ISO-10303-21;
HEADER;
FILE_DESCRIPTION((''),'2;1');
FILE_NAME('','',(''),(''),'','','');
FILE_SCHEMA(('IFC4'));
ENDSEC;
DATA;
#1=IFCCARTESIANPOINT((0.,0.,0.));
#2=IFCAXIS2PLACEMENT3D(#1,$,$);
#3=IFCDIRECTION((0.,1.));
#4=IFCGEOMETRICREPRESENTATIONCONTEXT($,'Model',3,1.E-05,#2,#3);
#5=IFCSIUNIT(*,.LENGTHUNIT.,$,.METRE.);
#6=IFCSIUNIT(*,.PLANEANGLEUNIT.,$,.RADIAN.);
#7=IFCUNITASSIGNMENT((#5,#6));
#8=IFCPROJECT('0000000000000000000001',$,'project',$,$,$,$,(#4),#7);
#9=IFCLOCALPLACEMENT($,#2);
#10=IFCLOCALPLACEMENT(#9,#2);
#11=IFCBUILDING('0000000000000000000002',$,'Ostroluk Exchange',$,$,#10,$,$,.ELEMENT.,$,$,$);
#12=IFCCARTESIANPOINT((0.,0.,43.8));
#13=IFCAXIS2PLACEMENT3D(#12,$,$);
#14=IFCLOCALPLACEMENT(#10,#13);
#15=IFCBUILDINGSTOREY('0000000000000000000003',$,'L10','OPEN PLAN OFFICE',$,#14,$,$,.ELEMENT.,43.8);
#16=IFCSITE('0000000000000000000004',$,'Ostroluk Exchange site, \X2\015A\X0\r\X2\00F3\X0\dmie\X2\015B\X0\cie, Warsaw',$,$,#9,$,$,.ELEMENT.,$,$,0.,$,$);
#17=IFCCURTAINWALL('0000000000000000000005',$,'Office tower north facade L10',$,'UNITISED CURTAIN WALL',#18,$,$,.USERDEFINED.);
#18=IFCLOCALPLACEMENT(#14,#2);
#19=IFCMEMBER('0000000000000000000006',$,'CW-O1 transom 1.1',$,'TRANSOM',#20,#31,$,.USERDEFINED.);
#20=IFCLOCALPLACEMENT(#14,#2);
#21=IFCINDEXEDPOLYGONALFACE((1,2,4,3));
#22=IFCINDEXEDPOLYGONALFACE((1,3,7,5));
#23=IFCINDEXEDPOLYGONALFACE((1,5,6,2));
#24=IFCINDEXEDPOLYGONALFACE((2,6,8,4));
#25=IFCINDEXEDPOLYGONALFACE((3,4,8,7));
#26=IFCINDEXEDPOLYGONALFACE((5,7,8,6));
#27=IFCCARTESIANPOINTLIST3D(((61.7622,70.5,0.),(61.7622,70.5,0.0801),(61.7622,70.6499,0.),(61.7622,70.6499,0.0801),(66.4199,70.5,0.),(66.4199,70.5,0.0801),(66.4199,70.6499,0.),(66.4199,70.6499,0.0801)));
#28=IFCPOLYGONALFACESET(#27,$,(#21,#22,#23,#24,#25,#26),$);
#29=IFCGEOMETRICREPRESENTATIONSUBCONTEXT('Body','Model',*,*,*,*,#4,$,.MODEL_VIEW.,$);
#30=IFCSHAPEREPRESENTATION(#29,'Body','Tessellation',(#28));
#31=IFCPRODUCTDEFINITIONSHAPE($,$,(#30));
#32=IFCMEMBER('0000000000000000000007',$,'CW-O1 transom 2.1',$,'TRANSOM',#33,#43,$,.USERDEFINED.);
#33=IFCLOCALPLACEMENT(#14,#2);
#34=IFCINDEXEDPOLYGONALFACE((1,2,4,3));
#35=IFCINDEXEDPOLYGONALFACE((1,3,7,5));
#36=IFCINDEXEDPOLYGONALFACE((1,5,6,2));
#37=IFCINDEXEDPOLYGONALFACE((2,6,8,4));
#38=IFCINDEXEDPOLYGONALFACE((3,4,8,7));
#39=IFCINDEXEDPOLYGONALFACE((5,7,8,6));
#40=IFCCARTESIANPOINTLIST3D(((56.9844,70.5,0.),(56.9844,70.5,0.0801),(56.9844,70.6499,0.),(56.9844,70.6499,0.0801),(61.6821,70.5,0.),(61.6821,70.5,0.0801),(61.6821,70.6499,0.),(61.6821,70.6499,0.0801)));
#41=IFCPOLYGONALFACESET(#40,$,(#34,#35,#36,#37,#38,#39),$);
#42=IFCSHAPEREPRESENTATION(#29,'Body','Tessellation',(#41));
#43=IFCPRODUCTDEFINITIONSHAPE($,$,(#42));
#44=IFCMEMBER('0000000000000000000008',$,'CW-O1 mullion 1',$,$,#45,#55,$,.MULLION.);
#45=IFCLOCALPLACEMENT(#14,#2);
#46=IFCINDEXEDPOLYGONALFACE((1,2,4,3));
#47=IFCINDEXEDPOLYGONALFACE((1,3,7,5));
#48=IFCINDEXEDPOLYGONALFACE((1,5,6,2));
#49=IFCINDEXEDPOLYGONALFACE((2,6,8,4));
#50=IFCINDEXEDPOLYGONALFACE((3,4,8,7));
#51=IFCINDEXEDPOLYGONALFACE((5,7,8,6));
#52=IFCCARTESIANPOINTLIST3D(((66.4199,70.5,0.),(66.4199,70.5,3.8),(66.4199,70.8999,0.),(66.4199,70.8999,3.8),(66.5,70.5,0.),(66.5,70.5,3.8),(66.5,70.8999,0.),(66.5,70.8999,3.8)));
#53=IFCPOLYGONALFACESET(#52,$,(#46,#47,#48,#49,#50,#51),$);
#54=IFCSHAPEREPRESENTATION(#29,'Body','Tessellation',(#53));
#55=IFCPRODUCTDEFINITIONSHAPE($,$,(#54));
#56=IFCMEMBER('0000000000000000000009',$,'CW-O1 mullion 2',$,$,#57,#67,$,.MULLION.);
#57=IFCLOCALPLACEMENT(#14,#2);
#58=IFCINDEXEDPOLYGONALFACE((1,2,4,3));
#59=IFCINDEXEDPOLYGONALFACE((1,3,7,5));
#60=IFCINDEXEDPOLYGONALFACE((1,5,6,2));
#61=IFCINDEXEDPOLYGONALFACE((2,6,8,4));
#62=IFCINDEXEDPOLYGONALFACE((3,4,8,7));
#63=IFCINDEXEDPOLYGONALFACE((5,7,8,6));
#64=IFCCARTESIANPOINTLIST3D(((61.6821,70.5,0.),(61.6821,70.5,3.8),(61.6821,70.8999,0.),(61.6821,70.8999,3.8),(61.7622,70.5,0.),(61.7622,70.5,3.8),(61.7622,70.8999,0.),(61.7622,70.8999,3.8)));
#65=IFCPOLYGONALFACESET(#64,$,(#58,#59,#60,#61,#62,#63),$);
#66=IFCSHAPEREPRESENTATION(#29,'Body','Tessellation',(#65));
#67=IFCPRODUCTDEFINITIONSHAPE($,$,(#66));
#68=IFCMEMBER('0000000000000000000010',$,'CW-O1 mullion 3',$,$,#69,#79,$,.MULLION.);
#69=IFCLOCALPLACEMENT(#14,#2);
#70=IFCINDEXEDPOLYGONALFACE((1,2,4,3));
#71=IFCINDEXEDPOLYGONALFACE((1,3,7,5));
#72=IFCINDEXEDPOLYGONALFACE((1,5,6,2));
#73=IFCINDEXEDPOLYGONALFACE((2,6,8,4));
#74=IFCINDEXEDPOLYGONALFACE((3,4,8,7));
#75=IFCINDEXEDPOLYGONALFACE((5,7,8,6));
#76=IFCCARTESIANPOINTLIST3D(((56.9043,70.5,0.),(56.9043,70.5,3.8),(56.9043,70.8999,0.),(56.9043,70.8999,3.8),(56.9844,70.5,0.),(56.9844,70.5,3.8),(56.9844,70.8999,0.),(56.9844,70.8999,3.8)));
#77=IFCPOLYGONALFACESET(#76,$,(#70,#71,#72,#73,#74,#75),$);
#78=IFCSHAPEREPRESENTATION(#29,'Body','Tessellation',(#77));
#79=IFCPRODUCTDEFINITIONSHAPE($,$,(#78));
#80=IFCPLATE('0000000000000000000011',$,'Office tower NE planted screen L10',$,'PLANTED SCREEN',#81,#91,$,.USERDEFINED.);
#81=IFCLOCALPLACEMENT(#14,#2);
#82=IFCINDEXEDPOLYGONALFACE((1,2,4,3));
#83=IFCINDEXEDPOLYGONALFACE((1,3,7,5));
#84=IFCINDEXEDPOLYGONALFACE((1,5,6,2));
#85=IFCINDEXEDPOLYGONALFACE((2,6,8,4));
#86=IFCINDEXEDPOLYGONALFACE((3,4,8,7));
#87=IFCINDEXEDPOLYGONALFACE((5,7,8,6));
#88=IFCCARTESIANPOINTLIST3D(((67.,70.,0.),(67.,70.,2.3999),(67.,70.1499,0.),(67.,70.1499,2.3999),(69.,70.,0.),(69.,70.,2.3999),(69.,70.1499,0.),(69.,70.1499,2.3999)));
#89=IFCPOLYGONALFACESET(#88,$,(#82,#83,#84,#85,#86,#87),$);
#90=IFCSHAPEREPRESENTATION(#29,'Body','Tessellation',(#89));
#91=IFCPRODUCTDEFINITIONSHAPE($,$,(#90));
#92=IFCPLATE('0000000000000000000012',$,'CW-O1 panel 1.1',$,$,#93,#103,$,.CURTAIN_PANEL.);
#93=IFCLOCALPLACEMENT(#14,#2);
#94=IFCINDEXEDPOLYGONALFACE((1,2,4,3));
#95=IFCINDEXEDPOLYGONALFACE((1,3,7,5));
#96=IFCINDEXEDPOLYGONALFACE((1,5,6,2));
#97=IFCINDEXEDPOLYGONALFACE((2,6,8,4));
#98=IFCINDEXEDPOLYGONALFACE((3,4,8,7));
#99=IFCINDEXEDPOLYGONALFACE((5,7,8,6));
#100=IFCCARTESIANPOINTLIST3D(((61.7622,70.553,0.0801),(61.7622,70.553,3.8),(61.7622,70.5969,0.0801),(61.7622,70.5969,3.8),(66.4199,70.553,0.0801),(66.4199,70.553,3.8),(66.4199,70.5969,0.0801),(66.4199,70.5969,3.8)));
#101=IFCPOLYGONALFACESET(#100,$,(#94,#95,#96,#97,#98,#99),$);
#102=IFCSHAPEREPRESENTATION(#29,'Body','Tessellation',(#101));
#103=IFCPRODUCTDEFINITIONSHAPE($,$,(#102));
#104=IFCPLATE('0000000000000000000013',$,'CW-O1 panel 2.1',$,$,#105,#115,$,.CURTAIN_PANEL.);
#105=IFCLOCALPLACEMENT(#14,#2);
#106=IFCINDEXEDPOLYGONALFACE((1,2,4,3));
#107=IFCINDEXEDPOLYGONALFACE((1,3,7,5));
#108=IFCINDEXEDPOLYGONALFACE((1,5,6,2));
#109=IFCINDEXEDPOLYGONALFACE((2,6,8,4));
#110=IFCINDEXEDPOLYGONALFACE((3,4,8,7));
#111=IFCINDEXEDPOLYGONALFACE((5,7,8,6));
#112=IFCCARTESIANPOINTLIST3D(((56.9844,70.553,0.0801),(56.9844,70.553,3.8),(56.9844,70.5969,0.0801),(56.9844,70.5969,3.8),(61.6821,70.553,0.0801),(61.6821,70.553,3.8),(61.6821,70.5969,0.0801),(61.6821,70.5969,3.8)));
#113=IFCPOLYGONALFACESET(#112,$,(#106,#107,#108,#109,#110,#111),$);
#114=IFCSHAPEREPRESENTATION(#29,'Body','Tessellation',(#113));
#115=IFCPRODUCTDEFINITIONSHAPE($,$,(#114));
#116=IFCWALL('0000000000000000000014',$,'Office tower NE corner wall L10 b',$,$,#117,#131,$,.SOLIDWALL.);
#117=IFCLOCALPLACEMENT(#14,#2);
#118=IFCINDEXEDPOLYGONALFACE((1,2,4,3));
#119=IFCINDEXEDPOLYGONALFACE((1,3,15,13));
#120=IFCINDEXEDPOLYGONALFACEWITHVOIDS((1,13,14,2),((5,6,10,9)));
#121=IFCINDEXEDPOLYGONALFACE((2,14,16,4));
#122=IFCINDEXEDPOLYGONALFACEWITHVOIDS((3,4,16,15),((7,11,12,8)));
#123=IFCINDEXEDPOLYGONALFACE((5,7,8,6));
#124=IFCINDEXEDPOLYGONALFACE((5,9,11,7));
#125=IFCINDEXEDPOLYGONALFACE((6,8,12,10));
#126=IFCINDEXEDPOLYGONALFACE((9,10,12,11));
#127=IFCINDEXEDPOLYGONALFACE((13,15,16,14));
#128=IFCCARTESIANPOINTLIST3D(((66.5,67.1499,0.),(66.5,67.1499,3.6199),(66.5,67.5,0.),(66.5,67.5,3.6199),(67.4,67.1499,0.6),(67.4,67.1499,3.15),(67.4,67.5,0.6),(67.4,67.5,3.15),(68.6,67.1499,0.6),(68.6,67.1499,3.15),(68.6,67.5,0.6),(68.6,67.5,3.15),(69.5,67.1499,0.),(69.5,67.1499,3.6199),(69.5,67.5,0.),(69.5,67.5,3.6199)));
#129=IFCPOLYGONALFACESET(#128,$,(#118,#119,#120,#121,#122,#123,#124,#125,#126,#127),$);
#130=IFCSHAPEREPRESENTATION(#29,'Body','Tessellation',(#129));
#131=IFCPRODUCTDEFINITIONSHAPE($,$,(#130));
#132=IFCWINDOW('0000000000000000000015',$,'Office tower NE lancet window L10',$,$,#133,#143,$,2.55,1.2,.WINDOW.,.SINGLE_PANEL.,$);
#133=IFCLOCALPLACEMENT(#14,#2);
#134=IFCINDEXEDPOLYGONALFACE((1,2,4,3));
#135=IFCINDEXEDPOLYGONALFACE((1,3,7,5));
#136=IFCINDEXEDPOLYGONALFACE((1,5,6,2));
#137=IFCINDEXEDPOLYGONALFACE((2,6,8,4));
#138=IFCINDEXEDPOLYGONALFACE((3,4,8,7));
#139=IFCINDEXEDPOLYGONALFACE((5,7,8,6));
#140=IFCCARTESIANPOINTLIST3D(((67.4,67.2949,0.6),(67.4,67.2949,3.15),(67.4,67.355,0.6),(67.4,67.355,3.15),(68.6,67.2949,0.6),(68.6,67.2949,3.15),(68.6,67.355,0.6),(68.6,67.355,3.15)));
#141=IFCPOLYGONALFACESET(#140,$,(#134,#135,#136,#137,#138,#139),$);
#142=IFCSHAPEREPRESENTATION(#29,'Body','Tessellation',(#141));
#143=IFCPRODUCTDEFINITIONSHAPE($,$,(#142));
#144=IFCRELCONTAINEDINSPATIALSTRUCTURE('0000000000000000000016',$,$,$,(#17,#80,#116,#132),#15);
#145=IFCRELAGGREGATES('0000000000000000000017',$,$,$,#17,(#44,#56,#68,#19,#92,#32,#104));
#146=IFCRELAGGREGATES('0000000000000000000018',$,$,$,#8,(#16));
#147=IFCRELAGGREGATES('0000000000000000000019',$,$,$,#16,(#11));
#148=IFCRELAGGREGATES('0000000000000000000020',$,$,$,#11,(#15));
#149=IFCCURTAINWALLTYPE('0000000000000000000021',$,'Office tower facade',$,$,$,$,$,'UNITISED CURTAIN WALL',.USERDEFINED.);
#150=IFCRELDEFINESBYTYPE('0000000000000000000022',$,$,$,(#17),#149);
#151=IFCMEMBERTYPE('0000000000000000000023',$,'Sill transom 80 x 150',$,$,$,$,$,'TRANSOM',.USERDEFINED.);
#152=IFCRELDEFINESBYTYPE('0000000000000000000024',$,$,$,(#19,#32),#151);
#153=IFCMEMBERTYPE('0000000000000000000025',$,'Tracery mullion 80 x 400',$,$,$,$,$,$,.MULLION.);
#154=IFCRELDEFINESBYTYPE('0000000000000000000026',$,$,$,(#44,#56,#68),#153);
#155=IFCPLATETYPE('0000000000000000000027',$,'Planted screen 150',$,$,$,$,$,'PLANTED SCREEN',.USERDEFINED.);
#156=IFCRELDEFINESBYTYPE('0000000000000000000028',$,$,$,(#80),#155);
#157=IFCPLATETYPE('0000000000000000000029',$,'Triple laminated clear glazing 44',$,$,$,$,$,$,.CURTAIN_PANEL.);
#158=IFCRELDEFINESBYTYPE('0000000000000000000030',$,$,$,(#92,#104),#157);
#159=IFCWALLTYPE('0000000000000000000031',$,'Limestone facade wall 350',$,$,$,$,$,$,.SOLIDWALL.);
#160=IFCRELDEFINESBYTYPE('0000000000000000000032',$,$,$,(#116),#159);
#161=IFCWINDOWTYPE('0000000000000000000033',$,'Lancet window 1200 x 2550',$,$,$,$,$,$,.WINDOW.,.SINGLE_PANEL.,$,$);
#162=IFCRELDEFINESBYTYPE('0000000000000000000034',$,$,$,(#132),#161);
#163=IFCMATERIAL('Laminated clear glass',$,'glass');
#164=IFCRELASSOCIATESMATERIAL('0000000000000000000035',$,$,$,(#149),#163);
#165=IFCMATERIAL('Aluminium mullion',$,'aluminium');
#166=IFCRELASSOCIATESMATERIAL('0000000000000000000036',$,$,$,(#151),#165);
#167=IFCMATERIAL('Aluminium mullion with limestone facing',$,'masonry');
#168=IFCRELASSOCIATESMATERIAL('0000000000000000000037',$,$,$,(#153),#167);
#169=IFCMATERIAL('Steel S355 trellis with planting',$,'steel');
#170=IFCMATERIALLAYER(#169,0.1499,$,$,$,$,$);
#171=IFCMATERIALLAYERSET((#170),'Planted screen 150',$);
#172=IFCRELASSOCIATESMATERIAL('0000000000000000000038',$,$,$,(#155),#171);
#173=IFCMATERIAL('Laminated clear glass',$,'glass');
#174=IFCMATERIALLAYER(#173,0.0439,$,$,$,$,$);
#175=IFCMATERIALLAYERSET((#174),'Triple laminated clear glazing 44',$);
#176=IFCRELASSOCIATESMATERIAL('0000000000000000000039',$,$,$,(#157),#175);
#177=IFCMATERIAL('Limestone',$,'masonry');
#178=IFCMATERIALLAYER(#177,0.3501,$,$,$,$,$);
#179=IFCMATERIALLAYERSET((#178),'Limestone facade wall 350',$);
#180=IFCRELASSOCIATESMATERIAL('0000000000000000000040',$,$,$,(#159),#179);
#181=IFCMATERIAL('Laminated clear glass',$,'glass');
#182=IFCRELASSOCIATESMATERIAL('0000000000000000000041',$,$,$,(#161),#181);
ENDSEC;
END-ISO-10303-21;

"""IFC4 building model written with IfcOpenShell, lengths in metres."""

from ifc_helpers import new_model, si_unit, direction, frame, frame_2d, origin, origin_2d, place, context, subcontext, project, spatial, rectangle, extrude, material, layer, layer_set, material_profile, profile_set, type_object, element, fill, aggregate, save


model = new_model("IFC4")

# Units and contexts
model_context = context("Model", 3, precision=1e-05, world=origin(), true_north=direction((0.0, 1.0)))
body_context = subcontext(model_context, "Body", "Model", "MODEL_VIEW")
ifc_project = project(units=[si_unit("LENGTHUNIT", "METRE"), si_unit("PLANEANGLEUNIT", "RADIAN")], contexts=[model_context])

# Site, building, storey
site_placement = place(None, origin())
site = spatial("IfcSite", under=ifc_project, at=site_placement, Name="Ostroluk Exchange site, Śródmieście, Warsaw", CompositionType="ELEMENT", RefElevation=0.0)
building_placement = place(site_placement, origin())
building = spatial("IfcBuilding", under=site, at=building_placement, Name="Ostroluk Exchange", CompositionType="ELEMENT")
storey_placement = place(building_placement, frame((0.0, 0.0, 43.8)))
storey = spatial("IfcBuildingStorey", under=building, at=storey_placement, Name="L10", Description="OPEN PLAN OFFICE", CompositionType="ELEMENT", Elevation=43.8)

# Curtain wall, members
ifc_material_1 = material(Name="Laminated clear glass", Category="glass")
curtain_wall_type = type_object("IfcCurtainWallType", Name="Office tower facade", ElementType="UNITISED CURTAIN WALL", PredefinedType="USERDEFINED", material=ifc_material_1)
curtain_wall_placement = place(storey_placement, origin())
curtain_wall = element("IfcCurtainWall", 1, at=curtain_wall_placement, inside=storey, type_object=curtain_wall_type, Name="Office tower north facade L10", ObjectType="UNITISED CURTAIN WALL", PredefinedType="USERDEFINED")
ifc_material_2 = material(Name="Aluminium mullion", Category="aluminium")
ifc_material_profile_1 = material_profile(ifc_material_2, rectangle(XDim=0.1499, YDim=0.0801, at=origin_2d()), Name="Sill transom 80 x 150")
ifc_profile_set_1 = profile_set([ifc_material_profile_1], Name="Aluminium mullion")
member_type_1 = type_object("IfcMemberType", Name="Sill transom 80 x 150", ElementType="TRANSOM", PredefinedType="USERDEFINED", material=ifc_profile_set_1)
member_1_placement = place(storey_placement, frame((66.4199, 70.575, 0.04), z_axis=(-1.0, 0.0, 0.0), x_axis=(0.0, -1.0, 0.0)))
member_1 = element("IfcMember", 2, at=member_1_placement, type_object=member_type_1, Name="CW-O1 transom 1.1", ObjectType="TRANSOM", PredefinedType="USERDEFINED", context=body_context, shape_type="SweptSolid", body=[
    extrude(rectangle(XDim=0.1499, YDim=0.0801, at=origin_2d()), origin(), (0.0, 0.0, 1.0), 4.6577),
])
member_2_placement = place(storey_placement, frame((61.6821, 70.575, 0.04), z_axis=(-1.0, 0.0, 0.0), x_axis=(0.0, -1.0, 0.0)))
member_2 = element("IfcMember", 3, at=member_2_placement, type_object=member_type_1, Name="CW-O1 transom 2.1", ObjectType="TRANSOM", PredefinedType="USERDEFINED", context=body_context, shape_type="SweptSolid", body=[
    extrude(rectangle(XDim=0.1499, YDim=0.0801, at=origin_2d()), origin(), (0.0, 0.0, 1.0), 4.6978),
])
ifc_material_3 = material(Name="Aluminium mullion with limestone facing", Category="masonry")
ifc_material_profile_2 = material_profile(ifc_material_3, rectangle(XDim=0.3999, YDim=0.0801, at=origin_2d()), Name="Tracery mullion 80 x 400")
ifc_profile_set_2 = profile_set([ifc_material_profile_2], Name="Aluminium mullion with limestone facing")
member_type_2 = type_object("IfcMemberType", Name="Tracery mullion 80 x 400", PredefinedType="MULLION", material=ifc_profile_set_2)
member_3_placement = place(storey_placement, frame((66.46, 70.7, 0.0), z_axis=(0.0, 0.0, 1.0), x_axis=(0.0, -1.0, 0.0)))
member_3 = element("IfcMember", 4, at=member_3_placement, type_object=member_type_2, Name="CW-O1 mullion 1", PredefinedType="MULLION", context=body_context, shape_type="SweptSolid", body=[
    extrude(rectangle(XDim=0.3999, YDim=0.0801, at=origin_2d()), origin(), (0.0, 0.0, 1.0), 3.8),
])
member_4_placement = place(storey_placement, frame((61.7222, 70.7, 0.0), z_axis=(0.0, 0.0, 1.0), x_axis=(0.0, -1.0, 0.0)))
member_4 = element("IfcMember", 5, at=member_4_placement, type_object=member_type_2, Name="CW-O1 mullion 2", PredefinedType="MULLION", context=body_context, shape_type="SweptSolid", body=[
    extrude(rectangle(XDim=0.3999, YDim=0.0801, at=origin_2d()), origin(), (0.0, 0.0, 1.0), 3.8),
])
member_5_placement = place(storey_placement, frame((56.9443, 70.7, 0.0), z_axis=(0.0, 0.0, 1.0), x_axis=(0.0, -1.0, 0.0)))
member_5 = element("IfcMember", 6, at=member_5_placement, type_object=member_type_2, Name="CW-O1 mullion 3", PredefinedType="MULLION", context=body_context, shape_type="SweptSolid", body=[
    extrude(rectangle(XDim=0.3999, YDim=0.0801, at=origin_2d()), origin(), (0.0, 0.0, 1.0), 3.8),
])

# Plates
ifc_material_4 = material(Name="Steel S355 trellis with planting", Category="steel")
ifc_layer_1 = layer(ifc_material_4, 0.1499)
ifc_layer_set_1 = layer_set([ifc_layer_1], Name="Planted screen 150")
plate_type_1 = type_object("IfcPlateType", Name="Planted screen 150", ElementType="PLANTED SCREEN", PredefinedType="USERDEFINED", material=ifc_layer_set_1)
plate_1_placement = place(storey_placement, frame((68.0, 70.075, 0.0), z_axis=(0.0, 0.0, 1.0), x_axis=(1.0, 0.0, 0.0)))
element("IfcPlate", 7, at=plate_1_placement, inside=storey, type_object=plate_type_1, Name="Office tower NE planted screen L10", ObjectType="PLANTED SCREEN", PredefinedType="USERDEFINED", context=body_context, shape_type="SweptSolid", body=[
    extrude(rectangle(XDim=2.0, YDim=0.1499, at=origin_2d()), origin(), (0.0, 0.0, 1.0), 2.3999),
])
ifc_material_5 = material(Name="Laminated clear glass", Category="glass")
ifc_layer_2 = layer(ifc_material_5, 0.0439)
ifc_layer_set_2 = layer_set([ifc_layer_2], Name="Triple laminated clear glazing 44")
plate_type_2 = type_object("IfcPlateType", Name="Triple laminated clear glazing 44", PredefinedType="CURTAIN_PANEL", material=ifc_layer_set_2)
plate_2_placement = place(storey_placement, frame((64.0911, 70.575, 0.0801), z_axis=(0.0, 0.0, 1.0), x_axis=(-1.0, 0.0, 0.0)))
plate_2 = element("IfcPlate", 8, at=plate_2_placement, type_object=plate_type_2, Name="CW-O1 panel 1.1", PredefinedType="CURTAIN_PANEL", context=body_context, shape_type="SweptSolid", body=[
    extrude(rectangle(XDim=4.6577, YDim=0.0439, at=origin_2d()), origin(), (0.0, 0.0, 1.0), 3.72),
])
plate_3_placement = place(storey_placement, frame((59.3333, 70.575, 0.0801), z_axis=(0.0, 0.0, 1.0), x_axis=(-1.0, 0.0, 0.0)))
plate_3 = element("IfcPlate", 9, at=plate_3_placement, type_object=plate_type_2, Name="CW-O1 panel 2.1", PredefinedType="CURTAIN_PANEL", context=body_context, shape_type="SweptSolid", body=[
    extrude(rectangle(XDim=4.6978, YDim=0.0439, at=origin_2d()), origin(), (0.0, 0.0, 1.0), 3.72),
])
aggregate(curtain_wall, [member_3, member_4, member_5, member_1, plate_2, member_2, plate_3])

# Shared definitions
ifc_material_6 = material(Name="Limestone", Category="masonry")
ifc_layer_3 = layer(ifc_material_6, 0.3501)
ifc_layer_set_3 = layer_set([ifc_layer_3], Name="Limestone facade wall 350")
wall_type = type_object("IfcWallType", Name="Limestone facade wall 350", PredefinedType="SOLIDWALL", material=ifc_layer_set_3)

# Wall, opening, window
wall_1_placement = place(storey_placement, frame((66.5, 67.325, 0.0), z_axis=(0.0, 0.0, 1.0), x_axis=(1.0, 0.0, 0.0)))
wall_1 = element("IfcWall", 10, at=wall_1_placement, inside=storey, type_object=wall_type, Name="Office tower NE corner wall L10 b", PredefinedType="SOLIDWALL", context=body_context, shape_type="SweptSolid", body=[
    extrude(rectangle(XDim=3.0, YDim=0.3501, at=frame_2d((1.5, 0.0))), origin(), (0.0, 0.0, 1.0), 3.6199),
])
opening_1_placement = place(wall_1_placement, frame((0.8999, 0.0, 0.6001)))
opening_1 = element("IfcOpeningElement", 11, at=opening_1_placement, cuts=wall_1, PredefinedType="OPENING", context=body_context, shape_type="SweptSolid", body=[
    extrude(rectangle(XDim=1.2, YDim=2.55, at=frame_2d((0.6001, 1.2749))), frame((0.0, 0.1851, 0.0), z_axis=(0.0, -1.0, 0.0), x_axis=(1.0, 0.0, 0.0)), (0.0, 0.0, 1.0), 0.3701),
])
ifc_material_7 = material(Name="Laminated clear glass", Category="glass")
window_type = type_object("IfcWindowType", Name="Lancet window 1200 x 2550", PartitioningType="SINGLE_PANEL", PredefinedType="WINDOW", material=ifc_material_7)
window_placement = place(opening_1_placement, origin())
window = element("IfcWindow", 12, at=window_placement, inside=storey, type_object=window_type, Name="Office tower NE lancet window L10", OverallHeight=2.55, OverallWidth=1.2, PartitioningType="SINGLE_PANEL", PredefinedType="WINDOW", context=body_context, shape_type="SweptSolid", body=[
    extrude(rectangle(XDim=1.2, YDim=2.55, at=frame_2d((0.6001, 1.2749))), frame((0.0, 0.03, 0.0), z_axis=(0.0, -1.0, 0.0), x_axis=(1.0, 0.0, 0.0)), (0.0, 0.0, 1.0), 0.0601),
])
fill(opening_1, window)

save(model, "model.ifc")
